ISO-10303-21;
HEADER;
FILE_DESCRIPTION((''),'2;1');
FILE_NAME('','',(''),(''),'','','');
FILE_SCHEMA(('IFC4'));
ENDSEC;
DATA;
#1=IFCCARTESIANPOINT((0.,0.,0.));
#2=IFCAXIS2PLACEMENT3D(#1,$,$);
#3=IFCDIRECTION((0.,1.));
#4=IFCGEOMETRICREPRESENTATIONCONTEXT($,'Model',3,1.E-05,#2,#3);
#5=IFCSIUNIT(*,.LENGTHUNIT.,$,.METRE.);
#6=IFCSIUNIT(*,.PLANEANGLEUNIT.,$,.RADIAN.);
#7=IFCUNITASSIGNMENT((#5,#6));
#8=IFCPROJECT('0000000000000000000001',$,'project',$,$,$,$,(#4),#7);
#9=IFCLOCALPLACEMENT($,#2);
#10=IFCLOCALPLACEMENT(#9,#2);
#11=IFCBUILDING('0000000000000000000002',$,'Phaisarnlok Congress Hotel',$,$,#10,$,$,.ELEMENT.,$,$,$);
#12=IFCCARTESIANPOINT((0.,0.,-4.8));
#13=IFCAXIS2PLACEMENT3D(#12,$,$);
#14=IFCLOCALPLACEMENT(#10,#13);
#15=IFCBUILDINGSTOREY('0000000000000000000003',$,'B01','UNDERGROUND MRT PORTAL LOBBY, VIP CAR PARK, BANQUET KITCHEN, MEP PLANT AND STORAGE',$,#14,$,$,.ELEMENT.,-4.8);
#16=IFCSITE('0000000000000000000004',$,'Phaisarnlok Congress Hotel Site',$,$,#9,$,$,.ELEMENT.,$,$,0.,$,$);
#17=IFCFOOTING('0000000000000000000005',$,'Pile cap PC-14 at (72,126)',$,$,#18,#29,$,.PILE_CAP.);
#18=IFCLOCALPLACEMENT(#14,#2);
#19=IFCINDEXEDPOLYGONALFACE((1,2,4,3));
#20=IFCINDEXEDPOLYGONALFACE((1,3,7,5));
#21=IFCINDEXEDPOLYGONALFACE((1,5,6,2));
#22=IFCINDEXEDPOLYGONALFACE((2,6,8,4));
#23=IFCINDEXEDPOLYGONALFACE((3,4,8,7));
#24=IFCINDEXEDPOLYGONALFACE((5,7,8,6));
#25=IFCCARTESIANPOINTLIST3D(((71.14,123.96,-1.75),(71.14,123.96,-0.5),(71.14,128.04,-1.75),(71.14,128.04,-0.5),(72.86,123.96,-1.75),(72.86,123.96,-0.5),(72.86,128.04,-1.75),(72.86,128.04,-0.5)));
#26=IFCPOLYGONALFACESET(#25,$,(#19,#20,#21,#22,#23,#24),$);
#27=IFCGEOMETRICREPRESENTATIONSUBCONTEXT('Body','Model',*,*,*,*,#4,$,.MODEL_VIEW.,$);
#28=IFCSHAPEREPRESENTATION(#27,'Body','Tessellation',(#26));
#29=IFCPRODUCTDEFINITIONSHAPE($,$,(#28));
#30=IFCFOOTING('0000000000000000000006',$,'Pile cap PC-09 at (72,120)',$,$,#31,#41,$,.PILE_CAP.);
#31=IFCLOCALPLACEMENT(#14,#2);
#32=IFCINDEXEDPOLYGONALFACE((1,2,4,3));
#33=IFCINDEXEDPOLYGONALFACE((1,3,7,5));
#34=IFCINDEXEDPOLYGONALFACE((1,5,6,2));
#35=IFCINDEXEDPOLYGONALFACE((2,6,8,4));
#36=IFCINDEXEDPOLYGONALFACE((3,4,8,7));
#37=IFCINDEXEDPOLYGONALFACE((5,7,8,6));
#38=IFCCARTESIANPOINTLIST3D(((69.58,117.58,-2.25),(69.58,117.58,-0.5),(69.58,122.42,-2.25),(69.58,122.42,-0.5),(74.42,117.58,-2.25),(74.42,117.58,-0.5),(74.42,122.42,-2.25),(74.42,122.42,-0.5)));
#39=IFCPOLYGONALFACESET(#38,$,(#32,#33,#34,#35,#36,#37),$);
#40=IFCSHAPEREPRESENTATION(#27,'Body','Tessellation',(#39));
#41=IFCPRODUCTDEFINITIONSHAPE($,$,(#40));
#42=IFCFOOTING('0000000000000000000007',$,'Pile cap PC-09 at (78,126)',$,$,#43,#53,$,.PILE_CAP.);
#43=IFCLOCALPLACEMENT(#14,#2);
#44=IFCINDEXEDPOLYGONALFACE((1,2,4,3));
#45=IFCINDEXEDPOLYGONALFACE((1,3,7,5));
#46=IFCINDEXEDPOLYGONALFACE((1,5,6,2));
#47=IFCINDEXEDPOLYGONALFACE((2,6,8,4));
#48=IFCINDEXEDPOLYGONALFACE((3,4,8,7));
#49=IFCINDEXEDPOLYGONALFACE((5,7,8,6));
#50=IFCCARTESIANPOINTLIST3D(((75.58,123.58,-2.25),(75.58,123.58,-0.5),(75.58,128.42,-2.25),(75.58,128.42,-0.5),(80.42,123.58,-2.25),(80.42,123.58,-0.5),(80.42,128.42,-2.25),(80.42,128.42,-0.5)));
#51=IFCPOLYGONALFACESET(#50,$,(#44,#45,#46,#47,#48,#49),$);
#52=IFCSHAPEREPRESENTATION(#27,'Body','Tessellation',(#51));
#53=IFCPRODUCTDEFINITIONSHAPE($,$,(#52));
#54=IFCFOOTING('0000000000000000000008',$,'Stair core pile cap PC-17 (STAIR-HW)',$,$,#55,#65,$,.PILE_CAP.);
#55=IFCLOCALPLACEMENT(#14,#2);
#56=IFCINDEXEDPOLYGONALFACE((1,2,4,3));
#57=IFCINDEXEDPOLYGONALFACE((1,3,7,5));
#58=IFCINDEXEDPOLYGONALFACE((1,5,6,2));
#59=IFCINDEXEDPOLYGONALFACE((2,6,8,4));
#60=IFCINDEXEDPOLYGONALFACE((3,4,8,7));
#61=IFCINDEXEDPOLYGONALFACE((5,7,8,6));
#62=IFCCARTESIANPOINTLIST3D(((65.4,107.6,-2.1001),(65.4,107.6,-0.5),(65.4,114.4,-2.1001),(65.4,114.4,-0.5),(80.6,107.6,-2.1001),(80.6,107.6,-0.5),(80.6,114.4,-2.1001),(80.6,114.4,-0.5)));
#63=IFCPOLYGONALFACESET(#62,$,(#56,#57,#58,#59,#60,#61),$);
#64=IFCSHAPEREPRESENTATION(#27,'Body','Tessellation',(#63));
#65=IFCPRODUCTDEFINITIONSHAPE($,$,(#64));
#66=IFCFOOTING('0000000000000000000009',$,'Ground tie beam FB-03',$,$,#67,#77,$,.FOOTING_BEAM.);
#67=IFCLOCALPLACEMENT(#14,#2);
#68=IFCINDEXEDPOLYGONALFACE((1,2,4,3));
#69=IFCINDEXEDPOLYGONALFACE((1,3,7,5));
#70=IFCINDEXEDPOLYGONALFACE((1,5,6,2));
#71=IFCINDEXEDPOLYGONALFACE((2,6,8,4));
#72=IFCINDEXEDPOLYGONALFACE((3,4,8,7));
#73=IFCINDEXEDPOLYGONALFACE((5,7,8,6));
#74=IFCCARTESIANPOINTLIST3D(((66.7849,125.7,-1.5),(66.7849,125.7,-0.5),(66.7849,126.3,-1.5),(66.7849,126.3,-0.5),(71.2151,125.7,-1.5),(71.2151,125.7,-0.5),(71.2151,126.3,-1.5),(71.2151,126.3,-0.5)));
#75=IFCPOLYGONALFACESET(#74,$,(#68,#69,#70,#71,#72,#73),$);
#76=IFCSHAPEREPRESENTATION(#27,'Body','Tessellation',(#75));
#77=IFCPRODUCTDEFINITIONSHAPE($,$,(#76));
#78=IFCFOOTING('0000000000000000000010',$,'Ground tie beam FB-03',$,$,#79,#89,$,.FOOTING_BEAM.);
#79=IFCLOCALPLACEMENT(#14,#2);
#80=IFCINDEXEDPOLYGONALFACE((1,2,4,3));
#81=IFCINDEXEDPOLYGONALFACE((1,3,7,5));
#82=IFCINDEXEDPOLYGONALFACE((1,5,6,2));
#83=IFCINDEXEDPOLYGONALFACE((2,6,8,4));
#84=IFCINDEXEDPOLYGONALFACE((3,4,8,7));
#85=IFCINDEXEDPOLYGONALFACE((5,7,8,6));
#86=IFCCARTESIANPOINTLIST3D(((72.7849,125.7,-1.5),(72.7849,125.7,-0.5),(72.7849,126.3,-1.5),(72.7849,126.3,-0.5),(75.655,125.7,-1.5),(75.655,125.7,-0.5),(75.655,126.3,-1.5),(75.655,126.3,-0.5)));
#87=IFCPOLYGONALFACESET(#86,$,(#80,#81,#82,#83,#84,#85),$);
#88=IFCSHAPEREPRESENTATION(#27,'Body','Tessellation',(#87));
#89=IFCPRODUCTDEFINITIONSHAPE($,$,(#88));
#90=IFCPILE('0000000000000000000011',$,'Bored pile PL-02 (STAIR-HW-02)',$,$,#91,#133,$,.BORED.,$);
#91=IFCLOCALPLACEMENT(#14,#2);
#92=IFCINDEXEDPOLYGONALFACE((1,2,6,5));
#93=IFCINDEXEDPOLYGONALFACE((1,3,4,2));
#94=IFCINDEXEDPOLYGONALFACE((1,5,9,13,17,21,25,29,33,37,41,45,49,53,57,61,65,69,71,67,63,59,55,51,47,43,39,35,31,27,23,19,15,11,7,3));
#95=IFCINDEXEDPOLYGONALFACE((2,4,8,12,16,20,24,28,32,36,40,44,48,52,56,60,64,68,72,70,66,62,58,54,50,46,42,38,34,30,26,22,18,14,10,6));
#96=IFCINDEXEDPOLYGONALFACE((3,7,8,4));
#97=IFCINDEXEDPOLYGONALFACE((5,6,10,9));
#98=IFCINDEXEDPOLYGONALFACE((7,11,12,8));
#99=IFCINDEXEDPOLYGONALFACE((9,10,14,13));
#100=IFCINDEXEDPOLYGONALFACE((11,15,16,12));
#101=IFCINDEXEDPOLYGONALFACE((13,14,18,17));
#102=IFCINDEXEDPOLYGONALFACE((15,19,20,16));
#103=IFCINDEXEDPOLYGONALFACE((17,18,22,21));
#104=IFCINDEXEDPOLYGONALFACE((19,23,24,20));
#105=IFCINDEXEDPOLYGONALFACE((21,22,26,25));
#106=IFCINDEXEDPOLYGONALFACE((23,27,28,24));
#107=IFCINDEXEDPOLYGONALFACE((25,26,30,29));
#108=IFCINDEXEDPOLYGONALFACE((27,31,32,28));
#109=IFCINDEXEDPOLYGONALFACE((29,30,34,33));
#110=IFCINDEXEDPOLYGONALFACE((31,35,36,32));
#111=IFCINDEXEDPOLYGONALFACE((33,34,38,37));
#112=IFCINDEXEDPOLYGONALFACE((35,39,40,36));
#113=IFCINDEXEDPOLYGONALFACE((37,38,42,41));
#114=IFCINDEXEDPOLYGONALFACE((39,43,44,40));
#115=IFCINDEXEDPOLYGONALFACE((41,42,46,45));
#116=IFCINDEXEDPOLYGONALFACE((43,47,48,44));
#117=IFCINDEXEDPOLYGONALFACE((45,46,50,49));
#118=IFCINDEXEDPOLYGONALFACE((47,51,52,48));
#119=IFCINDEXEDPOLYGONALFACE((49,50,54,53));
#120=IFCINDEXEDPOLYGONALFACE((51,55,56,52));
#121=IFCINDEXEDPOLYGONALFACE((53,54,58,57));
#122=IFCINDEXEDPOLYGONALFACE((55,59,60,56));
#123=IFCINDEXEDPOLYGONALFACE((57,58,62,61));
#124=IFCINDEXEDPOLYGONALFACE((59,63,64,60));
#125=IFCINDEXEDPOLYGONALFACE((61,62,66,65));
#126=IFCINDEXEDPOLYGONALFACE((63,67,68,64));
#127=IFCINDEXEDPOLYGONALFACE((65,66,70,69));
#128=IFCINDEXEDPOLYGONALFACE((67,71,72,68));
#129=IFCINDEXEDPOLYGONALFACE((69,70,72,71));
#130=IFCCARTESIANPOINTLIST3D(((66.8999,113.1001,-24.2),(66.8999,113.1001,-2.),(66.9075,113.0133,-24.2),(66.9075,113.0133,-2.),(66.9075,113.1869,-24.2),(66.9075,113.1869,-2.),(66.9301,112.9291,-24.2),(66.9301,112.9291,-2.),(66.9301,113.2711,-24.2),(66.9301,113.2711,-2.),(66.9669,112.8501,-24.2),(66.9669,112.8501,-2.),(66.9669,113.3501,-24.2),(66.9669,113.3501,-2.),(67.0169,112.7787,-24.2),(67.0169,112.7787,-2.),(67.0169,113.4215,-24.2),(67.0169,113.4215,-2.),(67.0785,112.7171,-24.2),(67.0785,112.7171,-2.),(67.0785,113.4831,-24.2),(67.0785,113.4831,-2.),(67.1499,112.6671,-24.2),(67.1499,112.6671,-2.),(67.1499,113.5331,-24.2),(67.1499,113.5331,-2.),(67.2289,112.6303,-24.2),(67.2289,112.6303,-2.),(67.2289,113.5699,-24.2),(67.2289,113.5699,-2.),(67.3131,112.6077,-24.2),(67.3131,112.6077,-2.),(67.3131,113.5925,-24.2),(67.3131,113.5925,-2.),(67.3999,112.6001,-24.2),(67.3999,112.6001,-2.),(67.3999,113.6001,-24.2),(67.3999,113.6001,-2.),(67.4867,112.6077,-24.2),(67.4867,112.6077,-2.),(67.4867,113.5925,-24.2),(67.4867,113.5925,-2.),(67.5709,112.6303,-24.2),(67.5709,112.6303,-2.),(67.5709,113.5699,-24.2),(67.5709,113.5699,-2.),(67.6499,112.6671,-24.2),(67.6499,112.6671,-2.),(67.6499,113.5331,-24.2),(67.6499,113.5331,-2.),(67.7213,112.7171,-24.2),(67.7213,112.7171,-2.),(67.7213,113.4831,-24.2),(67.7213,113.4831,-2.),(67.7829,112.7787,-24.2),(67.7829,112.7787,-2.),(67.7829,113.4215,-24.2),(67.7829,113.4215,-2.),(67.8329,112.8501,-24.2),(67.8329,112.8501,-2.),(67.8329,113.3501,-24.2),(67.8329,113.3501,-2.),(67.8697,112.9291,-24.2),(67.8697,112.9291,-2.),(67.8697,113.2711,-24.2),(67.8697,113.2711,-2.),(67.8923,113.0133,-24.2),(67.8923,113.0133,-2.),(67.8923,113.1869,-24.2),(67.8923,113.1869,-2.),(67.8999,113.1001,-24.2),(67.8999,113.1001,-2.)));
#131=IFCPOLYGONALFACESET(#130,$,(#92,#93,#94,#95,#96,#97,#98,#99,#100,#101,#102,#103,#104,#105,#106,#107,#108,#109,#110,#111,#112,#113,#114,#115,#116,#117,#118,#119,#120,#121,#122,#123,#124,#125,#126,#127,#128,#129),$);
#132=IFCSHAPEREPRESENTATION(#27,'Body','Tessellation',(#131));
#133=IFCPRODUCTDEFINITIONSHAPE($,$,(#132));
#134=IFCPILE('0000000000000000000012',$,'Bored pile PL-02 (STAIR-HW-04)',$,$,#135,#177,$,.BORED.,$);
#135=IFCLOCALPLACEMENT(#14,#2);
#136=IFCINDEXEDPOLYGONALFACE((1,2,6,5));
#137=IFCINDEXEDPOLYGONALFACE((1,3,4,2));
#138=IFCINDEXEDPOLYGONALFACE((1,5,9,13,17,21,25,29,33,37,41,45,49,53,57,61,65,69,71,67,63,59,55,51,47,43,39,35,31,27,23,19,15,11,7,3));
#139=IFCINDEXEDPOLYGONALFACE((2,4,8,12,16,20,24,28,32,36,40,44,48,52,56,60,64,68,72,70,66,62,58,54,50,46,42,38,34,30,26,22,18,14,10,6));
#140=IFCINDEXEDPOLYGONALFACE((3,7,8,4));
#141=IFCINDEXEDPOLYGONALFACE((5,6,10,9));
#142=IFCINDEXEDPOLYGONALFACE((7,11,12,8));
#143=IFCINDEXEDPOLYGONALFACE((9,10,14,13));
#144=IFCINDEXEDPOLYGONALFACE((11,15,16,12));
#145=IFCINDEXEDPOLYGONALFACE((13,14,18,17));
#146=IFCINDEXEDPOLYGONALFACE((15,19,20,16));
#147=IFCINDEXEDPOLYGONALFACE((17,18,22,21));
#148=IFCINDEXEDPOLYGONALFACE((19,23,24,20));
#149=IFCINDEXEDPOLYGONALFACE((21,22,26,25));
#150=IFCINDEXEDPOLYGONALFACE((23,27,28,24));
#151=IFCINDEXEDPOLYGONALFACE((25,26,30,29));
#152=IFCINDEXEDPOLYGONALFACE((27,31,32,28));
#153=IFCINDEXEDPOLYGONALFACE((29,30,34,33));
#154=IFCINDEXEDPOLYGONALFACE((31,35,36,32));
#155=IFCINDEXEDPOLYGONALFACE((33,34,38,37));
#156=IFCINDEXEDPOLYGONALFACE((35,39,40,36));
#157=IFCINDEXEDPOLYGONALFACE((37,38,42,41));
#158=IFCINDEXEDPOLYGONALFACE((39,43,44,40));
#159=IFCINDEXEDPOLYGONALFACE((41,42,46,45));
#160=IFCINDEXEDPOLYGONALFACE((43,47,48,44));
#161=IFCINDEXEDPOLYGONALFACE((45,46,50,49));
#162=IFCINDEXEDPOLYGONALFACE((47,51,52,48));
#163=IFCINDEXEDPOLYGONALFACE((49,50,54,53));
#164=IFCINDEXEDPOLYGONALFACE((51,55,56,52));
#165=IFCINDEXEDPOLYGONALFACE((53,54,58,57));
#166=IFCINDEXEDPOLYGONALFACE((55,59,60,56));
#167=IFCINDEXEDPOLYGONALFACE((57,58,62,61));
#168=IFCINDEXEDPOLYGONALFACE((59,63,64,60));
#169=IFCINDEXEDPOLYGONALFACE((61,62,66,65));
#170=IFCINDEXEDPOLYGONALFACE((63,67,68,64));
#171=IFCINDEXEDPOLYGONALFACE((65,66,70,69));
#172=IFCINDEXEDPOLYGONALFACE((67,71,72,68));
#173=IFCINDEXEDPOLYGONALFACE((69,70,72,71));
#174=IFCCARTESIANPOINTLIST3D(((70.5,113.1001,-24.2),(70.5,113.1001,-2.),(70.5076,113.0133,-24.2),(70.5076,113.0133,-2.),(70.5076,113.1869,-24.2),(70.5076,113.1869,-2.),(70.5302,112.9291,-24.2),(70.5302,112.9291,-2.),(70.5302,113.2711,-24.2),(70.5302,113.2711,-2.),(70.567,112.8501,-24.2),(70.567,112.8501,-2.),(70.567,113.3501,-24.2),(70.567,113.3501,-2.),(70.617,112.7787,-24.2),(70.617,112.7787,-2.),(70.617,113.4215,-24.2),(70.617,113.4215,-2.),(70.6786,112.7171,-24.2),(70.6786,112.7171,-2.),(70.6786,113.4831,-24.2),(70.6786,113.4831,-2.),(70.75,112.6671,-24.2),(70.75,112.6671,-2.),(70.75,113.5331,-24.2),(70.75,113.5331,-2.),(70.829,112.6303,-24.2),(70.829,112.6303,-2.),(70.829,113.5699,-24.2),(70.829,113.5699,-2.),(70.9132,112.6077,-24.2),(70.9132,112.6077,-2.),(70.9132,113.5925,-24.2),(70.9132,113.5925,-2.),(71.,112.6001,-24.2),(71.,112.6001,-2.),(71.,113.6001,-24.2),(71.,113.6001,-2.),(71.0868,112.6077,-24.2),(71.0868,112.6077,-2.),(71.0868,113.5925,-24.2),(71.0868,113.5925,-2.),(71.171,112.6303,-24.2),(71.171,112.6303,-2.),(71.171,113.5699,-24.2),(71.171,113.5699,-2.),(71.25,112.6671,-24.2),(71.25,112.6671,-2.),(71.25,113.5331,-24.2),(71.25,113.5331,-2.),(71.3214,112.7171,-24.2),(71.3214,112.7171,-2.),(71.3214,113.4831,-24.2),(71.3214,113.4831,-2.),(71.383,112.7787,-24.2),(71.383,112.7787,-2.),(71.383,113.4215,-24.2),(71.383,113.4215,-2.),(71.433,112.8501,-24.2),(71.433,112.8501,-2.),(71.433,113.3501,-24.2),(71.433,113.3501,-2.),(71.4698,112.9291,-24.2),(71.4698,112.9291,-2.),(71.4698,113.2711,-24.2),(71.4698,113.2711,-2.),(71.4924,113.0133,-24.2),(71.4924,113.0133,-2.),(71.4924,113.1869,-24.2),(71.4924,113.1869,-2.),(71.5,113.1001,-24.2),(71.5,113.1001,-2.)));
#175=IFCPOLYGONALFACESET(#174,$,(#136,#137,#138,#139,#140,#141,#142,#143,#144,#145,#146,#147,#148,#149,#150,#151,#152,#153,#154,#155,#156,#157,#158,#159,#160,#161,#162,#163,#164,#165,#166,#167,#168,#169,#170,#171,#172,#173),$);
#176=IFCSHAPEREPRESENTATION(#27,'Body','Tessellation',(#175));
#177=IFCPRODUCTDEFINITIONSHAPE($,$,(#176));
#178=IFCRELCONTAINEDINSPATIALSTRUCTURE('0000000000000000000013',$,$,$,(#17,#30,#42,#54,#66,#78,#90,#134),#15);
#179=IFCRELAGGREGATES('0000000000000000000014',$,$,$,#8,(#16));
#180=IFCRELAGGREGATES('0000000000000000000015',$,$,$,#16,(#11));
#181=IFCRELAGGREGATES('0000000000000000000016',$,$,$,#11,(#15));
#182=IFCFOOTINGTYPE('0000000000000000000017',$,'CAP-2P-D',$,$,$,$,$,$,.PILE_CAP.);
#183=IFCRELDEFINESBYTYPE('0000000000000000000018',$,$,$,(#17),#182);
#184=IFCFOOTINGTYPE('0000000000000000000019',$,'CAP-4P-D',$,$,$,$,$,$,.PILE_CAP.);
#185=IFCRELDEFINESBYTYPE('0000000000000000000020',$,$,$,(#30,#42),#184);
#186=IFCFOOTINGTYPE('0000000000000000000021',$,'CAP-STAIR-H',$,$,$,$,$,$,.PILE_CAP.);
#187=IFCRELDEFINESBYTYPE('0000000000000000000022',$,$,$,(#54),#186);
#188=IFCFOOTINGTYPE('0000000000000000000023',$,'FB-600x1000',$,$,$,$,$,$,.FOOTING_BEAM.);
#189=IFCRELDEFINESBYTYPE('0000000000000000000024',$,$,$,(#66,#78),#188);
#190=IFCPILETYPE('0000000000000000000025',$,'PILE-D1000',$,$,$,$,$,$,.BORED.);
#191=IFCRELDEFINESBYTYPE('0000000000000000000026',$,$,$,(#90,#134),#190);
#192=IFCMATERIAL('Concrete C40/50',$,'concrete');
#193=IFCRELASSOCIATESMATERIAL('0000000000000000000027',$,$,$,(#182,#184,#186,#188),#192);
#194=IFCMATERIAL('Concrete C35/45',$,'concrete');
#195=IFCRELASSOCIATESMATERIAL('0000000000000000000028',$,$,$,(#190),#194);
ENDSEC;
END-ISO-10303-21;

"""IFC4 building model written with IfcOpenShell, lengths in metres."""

from ifc_helpers import new_model, si_unit, direction, frame, origin, origin_2d, place, context, subcontext, project, spatial, rectangle, circle, extrude, material, material_profile, profile_set, type_object, element, save


model = new_model("IFC4")

# Units and contexts
model_context = context("Model", 3, precision=1e-05, world=origin(), true_north=direction((0.0, 1.0)))
body_context = subcontext(model_context, "Body", "Model", "MODEL_VIEW")
ifc_project = project(units=[si_unit("LENGTHUNIT", "METRE"), si_unit("PLANEANGLEUNIT", "RADIAN")], contexts=[model_context])

# Site, building, storey
site_placement = place(None, origin())
site = spatial("IfcSite", under=ifc_project, at=site_placement, Name="Phaisarnlok Congress Hotel Site", CompositionType="ELEMENT", RefElevation=0.0)
building_placement = place(site_placement, origin())
building = spatial("IfcBuilding", under=site, at=building_placement, Name="Phaisarnlok Congress Hotel", CompositionType="ELEMENT")
storey_placement = place(building_placement, frame((0.0, 0.0, -4.8)))
storey = spatial("IfcBuildingStorey", under=building, at=storey_placement, Name="B01", Description="UNDERGROUND MRT PORTAL LOBBY, VIP CAR PARK, BANQUET KITCHEN, MEP PLANT AND STORAGE", CompositionType="ELEMENT", Elevation=-4.8)

# Footings
ifc_material_1 = material(Name="Concrete C40/50", Category="concrete")
footing_type_1 = type_object("IfcFootingType", Name="CAP-2P-D", PredefinedType="PILE_CAP", material=ifc_material_1)
footing_1_placement = place(storey_placement, frame((72.0, 126.0, -1.75), z_axis=(0.0, 0.0, 1.0), x_axis=(1.0, 0.0, 0.0)))
element("IfcFooting", 1, at=footing_1_placement, inside=storey, type_object=footing_type_1, Name="Pile cap PC-14 at (72,126)", PredefinedType="PILE_CAP", context=body_context, shape_type="SweptSolid", body=[
    extrude(rectangle(XDim=1.72, YDim=4.0801, at=origin_2d()), origin(), (0.0, 0.0, 1.0), 1.25),
])
footing_type_2 = type_object("IfcFootingType", Name="CAP-4P-D", PredefinedType="PILE_CAP", material=ifc_material_1)
for number, where, z_axis, x_axis, name in (
    (2, (72.0, 120.0, -2.25), (0.0, 0.0, 1.0), (1.0, 0.0, 0.0), "Pile cap PC-09 at (72,120)"),
    (3, (78.0, 126.0, -2.25), (0.0, 0.0, 1.0), (1.0, 0.0, 0.0), "Pile cap PC-09 at (78,126)"),
):
    element("IfcFooting", number, at=place(storey_placement, frame(where, z_axis=z_axis, x_axis=x_axis)), inside=storey, type_object=footing_type_2, Name=name, PredefinedType="PILE_CAP", context=body_context, shape_type="SweptSolid", body=[
        extrude(rectangle(XDim=4.8401, YDim=4.8401, at=origin_2d()), origin(), (0.0, 0.0, 1.0), 1.75),
    ])
footing_type_3 = type_object("IfcFootingType", Name="CAP-STAIR-H", PredefinedType="PILE_CAP", material=ifc_material_1)
footing_2_placement = place(storey_placement, frame((73.0, 111.0, -2.1001), z_axis=(0.0, 0.0, 1.0), x_axis=(1.0, 0.0, 0.0)))
element("IfcFooting", 4, at=footing_2_placement, inside=storey, type_object=footing_type_3, Name="Stair core pile cap PC-17 (STAIR-HW)", PredefinedType="PILE_CAP", context=body_context, shape_type="SweptSolid", body=[
    extrude(rectangle(XDim=15.2, YDim=6.8, at=origin_2d()), origin(), (0.0, 0.0, 1.0), 1.6001),
])
ifc_material_profile_1 = material_profile(ifc_material_1, rectangle(XDim=0.6001, YDim=1.0, at=origin_2d()), Name="FB-600x1000")
ifc_profile_set_1 = profile_set([ifc_material_profile_1], Name="Concrete C40/50")
footing_type_4 = type_object("IfcFootingType", Name="FB-600x1000", PredefinedType="FOOTING_BEAM", material=ifc_profile_set_1)
footing_3_placement = place(storey_placement, frame((66.7849, 126.0, -1.0), z_axis=(1.0, 0.0, 0.0), x_axis=(0.0, 1.0, 0.0)))
element("IfcFooting", 5, at=footing_3_placement, inside=storey, type_object=footing_type_4, Name="Ground tie beam FB-03", PredefinedType="FOOTING_BEAM", context=body_context, shape_type="SweptSolid", body=[
    extrude(rectangle(XDim=0.6001, YDim=1.0, at=origin_2d()), origin(), (0.0, 0.0, 1.0), 4.4302),
])
footing_4_placement = place(storey_placement, frame((72.7849, 126.0, -1.0), z_axis=(1.0, 0.0, 0.0), x_axis=(0.0, 1.0, 0.0)))
element("IfcFooting", 6, at=footing_4_placement, inside=storey, type_object=footing_type_4, Name="Ground tie beam FB-03", PredefinedType="FOOTING_BEAM", context=body_context, shape_type="SweptSolid", body=[
    extrude(rectangle(XDim=0.6001, YDim=1.0, at=origin_2d()), origin(), (0.0, 0.0, 1.0), 2.8701),
])

# Piles
ifc_material_2 = material(Name="Concrete C35/45", Category="concrete")
ifc_material_profile_2 = material_profile(ifc_material_2, circle(Radius=0.5, at=origin_2d()), Name="BORED PILE D1000")
ifc_profile_set_2 = profile_set([ifc_material_profile_2], Name="Concrete C35/45")
pile_type_1 = type_object("IfcPileType", Name="PILE-D1000", PredefinedType="BORED", material=ifc_profile_set_2)
for number, where, z_axis, x_axis, name in (
    (7, (67.3999, 113.1001, -2.0), (0.0, 0.0, -1.0), (1.0, 0.0, 0.0), "Bored pile PL-02 (STAIR-HW-02)"),
    (8, (71.0, 113.1001, -2.0), (0.0, 0.0, -1.0), (1.0, 0.0, 0.0), "Bored pile PL-02 (STAIR-HW-04)"),
):
    element("IfcPile", number, at=place(storey_placement, frame(where, z_axis=z_axis, x_axis=x_axis)), inside=storey, type_object=pile_type_1, Name=name, PredefinedType="BORED", context=body_context, shape_type="SweptSolid", body=[
        extrude(circle(Radius=0.5, at=origin_2d()), origin(), (0.0, 0.0, 1.0), 22.2),
    ])

save(model, "model.ifc")
